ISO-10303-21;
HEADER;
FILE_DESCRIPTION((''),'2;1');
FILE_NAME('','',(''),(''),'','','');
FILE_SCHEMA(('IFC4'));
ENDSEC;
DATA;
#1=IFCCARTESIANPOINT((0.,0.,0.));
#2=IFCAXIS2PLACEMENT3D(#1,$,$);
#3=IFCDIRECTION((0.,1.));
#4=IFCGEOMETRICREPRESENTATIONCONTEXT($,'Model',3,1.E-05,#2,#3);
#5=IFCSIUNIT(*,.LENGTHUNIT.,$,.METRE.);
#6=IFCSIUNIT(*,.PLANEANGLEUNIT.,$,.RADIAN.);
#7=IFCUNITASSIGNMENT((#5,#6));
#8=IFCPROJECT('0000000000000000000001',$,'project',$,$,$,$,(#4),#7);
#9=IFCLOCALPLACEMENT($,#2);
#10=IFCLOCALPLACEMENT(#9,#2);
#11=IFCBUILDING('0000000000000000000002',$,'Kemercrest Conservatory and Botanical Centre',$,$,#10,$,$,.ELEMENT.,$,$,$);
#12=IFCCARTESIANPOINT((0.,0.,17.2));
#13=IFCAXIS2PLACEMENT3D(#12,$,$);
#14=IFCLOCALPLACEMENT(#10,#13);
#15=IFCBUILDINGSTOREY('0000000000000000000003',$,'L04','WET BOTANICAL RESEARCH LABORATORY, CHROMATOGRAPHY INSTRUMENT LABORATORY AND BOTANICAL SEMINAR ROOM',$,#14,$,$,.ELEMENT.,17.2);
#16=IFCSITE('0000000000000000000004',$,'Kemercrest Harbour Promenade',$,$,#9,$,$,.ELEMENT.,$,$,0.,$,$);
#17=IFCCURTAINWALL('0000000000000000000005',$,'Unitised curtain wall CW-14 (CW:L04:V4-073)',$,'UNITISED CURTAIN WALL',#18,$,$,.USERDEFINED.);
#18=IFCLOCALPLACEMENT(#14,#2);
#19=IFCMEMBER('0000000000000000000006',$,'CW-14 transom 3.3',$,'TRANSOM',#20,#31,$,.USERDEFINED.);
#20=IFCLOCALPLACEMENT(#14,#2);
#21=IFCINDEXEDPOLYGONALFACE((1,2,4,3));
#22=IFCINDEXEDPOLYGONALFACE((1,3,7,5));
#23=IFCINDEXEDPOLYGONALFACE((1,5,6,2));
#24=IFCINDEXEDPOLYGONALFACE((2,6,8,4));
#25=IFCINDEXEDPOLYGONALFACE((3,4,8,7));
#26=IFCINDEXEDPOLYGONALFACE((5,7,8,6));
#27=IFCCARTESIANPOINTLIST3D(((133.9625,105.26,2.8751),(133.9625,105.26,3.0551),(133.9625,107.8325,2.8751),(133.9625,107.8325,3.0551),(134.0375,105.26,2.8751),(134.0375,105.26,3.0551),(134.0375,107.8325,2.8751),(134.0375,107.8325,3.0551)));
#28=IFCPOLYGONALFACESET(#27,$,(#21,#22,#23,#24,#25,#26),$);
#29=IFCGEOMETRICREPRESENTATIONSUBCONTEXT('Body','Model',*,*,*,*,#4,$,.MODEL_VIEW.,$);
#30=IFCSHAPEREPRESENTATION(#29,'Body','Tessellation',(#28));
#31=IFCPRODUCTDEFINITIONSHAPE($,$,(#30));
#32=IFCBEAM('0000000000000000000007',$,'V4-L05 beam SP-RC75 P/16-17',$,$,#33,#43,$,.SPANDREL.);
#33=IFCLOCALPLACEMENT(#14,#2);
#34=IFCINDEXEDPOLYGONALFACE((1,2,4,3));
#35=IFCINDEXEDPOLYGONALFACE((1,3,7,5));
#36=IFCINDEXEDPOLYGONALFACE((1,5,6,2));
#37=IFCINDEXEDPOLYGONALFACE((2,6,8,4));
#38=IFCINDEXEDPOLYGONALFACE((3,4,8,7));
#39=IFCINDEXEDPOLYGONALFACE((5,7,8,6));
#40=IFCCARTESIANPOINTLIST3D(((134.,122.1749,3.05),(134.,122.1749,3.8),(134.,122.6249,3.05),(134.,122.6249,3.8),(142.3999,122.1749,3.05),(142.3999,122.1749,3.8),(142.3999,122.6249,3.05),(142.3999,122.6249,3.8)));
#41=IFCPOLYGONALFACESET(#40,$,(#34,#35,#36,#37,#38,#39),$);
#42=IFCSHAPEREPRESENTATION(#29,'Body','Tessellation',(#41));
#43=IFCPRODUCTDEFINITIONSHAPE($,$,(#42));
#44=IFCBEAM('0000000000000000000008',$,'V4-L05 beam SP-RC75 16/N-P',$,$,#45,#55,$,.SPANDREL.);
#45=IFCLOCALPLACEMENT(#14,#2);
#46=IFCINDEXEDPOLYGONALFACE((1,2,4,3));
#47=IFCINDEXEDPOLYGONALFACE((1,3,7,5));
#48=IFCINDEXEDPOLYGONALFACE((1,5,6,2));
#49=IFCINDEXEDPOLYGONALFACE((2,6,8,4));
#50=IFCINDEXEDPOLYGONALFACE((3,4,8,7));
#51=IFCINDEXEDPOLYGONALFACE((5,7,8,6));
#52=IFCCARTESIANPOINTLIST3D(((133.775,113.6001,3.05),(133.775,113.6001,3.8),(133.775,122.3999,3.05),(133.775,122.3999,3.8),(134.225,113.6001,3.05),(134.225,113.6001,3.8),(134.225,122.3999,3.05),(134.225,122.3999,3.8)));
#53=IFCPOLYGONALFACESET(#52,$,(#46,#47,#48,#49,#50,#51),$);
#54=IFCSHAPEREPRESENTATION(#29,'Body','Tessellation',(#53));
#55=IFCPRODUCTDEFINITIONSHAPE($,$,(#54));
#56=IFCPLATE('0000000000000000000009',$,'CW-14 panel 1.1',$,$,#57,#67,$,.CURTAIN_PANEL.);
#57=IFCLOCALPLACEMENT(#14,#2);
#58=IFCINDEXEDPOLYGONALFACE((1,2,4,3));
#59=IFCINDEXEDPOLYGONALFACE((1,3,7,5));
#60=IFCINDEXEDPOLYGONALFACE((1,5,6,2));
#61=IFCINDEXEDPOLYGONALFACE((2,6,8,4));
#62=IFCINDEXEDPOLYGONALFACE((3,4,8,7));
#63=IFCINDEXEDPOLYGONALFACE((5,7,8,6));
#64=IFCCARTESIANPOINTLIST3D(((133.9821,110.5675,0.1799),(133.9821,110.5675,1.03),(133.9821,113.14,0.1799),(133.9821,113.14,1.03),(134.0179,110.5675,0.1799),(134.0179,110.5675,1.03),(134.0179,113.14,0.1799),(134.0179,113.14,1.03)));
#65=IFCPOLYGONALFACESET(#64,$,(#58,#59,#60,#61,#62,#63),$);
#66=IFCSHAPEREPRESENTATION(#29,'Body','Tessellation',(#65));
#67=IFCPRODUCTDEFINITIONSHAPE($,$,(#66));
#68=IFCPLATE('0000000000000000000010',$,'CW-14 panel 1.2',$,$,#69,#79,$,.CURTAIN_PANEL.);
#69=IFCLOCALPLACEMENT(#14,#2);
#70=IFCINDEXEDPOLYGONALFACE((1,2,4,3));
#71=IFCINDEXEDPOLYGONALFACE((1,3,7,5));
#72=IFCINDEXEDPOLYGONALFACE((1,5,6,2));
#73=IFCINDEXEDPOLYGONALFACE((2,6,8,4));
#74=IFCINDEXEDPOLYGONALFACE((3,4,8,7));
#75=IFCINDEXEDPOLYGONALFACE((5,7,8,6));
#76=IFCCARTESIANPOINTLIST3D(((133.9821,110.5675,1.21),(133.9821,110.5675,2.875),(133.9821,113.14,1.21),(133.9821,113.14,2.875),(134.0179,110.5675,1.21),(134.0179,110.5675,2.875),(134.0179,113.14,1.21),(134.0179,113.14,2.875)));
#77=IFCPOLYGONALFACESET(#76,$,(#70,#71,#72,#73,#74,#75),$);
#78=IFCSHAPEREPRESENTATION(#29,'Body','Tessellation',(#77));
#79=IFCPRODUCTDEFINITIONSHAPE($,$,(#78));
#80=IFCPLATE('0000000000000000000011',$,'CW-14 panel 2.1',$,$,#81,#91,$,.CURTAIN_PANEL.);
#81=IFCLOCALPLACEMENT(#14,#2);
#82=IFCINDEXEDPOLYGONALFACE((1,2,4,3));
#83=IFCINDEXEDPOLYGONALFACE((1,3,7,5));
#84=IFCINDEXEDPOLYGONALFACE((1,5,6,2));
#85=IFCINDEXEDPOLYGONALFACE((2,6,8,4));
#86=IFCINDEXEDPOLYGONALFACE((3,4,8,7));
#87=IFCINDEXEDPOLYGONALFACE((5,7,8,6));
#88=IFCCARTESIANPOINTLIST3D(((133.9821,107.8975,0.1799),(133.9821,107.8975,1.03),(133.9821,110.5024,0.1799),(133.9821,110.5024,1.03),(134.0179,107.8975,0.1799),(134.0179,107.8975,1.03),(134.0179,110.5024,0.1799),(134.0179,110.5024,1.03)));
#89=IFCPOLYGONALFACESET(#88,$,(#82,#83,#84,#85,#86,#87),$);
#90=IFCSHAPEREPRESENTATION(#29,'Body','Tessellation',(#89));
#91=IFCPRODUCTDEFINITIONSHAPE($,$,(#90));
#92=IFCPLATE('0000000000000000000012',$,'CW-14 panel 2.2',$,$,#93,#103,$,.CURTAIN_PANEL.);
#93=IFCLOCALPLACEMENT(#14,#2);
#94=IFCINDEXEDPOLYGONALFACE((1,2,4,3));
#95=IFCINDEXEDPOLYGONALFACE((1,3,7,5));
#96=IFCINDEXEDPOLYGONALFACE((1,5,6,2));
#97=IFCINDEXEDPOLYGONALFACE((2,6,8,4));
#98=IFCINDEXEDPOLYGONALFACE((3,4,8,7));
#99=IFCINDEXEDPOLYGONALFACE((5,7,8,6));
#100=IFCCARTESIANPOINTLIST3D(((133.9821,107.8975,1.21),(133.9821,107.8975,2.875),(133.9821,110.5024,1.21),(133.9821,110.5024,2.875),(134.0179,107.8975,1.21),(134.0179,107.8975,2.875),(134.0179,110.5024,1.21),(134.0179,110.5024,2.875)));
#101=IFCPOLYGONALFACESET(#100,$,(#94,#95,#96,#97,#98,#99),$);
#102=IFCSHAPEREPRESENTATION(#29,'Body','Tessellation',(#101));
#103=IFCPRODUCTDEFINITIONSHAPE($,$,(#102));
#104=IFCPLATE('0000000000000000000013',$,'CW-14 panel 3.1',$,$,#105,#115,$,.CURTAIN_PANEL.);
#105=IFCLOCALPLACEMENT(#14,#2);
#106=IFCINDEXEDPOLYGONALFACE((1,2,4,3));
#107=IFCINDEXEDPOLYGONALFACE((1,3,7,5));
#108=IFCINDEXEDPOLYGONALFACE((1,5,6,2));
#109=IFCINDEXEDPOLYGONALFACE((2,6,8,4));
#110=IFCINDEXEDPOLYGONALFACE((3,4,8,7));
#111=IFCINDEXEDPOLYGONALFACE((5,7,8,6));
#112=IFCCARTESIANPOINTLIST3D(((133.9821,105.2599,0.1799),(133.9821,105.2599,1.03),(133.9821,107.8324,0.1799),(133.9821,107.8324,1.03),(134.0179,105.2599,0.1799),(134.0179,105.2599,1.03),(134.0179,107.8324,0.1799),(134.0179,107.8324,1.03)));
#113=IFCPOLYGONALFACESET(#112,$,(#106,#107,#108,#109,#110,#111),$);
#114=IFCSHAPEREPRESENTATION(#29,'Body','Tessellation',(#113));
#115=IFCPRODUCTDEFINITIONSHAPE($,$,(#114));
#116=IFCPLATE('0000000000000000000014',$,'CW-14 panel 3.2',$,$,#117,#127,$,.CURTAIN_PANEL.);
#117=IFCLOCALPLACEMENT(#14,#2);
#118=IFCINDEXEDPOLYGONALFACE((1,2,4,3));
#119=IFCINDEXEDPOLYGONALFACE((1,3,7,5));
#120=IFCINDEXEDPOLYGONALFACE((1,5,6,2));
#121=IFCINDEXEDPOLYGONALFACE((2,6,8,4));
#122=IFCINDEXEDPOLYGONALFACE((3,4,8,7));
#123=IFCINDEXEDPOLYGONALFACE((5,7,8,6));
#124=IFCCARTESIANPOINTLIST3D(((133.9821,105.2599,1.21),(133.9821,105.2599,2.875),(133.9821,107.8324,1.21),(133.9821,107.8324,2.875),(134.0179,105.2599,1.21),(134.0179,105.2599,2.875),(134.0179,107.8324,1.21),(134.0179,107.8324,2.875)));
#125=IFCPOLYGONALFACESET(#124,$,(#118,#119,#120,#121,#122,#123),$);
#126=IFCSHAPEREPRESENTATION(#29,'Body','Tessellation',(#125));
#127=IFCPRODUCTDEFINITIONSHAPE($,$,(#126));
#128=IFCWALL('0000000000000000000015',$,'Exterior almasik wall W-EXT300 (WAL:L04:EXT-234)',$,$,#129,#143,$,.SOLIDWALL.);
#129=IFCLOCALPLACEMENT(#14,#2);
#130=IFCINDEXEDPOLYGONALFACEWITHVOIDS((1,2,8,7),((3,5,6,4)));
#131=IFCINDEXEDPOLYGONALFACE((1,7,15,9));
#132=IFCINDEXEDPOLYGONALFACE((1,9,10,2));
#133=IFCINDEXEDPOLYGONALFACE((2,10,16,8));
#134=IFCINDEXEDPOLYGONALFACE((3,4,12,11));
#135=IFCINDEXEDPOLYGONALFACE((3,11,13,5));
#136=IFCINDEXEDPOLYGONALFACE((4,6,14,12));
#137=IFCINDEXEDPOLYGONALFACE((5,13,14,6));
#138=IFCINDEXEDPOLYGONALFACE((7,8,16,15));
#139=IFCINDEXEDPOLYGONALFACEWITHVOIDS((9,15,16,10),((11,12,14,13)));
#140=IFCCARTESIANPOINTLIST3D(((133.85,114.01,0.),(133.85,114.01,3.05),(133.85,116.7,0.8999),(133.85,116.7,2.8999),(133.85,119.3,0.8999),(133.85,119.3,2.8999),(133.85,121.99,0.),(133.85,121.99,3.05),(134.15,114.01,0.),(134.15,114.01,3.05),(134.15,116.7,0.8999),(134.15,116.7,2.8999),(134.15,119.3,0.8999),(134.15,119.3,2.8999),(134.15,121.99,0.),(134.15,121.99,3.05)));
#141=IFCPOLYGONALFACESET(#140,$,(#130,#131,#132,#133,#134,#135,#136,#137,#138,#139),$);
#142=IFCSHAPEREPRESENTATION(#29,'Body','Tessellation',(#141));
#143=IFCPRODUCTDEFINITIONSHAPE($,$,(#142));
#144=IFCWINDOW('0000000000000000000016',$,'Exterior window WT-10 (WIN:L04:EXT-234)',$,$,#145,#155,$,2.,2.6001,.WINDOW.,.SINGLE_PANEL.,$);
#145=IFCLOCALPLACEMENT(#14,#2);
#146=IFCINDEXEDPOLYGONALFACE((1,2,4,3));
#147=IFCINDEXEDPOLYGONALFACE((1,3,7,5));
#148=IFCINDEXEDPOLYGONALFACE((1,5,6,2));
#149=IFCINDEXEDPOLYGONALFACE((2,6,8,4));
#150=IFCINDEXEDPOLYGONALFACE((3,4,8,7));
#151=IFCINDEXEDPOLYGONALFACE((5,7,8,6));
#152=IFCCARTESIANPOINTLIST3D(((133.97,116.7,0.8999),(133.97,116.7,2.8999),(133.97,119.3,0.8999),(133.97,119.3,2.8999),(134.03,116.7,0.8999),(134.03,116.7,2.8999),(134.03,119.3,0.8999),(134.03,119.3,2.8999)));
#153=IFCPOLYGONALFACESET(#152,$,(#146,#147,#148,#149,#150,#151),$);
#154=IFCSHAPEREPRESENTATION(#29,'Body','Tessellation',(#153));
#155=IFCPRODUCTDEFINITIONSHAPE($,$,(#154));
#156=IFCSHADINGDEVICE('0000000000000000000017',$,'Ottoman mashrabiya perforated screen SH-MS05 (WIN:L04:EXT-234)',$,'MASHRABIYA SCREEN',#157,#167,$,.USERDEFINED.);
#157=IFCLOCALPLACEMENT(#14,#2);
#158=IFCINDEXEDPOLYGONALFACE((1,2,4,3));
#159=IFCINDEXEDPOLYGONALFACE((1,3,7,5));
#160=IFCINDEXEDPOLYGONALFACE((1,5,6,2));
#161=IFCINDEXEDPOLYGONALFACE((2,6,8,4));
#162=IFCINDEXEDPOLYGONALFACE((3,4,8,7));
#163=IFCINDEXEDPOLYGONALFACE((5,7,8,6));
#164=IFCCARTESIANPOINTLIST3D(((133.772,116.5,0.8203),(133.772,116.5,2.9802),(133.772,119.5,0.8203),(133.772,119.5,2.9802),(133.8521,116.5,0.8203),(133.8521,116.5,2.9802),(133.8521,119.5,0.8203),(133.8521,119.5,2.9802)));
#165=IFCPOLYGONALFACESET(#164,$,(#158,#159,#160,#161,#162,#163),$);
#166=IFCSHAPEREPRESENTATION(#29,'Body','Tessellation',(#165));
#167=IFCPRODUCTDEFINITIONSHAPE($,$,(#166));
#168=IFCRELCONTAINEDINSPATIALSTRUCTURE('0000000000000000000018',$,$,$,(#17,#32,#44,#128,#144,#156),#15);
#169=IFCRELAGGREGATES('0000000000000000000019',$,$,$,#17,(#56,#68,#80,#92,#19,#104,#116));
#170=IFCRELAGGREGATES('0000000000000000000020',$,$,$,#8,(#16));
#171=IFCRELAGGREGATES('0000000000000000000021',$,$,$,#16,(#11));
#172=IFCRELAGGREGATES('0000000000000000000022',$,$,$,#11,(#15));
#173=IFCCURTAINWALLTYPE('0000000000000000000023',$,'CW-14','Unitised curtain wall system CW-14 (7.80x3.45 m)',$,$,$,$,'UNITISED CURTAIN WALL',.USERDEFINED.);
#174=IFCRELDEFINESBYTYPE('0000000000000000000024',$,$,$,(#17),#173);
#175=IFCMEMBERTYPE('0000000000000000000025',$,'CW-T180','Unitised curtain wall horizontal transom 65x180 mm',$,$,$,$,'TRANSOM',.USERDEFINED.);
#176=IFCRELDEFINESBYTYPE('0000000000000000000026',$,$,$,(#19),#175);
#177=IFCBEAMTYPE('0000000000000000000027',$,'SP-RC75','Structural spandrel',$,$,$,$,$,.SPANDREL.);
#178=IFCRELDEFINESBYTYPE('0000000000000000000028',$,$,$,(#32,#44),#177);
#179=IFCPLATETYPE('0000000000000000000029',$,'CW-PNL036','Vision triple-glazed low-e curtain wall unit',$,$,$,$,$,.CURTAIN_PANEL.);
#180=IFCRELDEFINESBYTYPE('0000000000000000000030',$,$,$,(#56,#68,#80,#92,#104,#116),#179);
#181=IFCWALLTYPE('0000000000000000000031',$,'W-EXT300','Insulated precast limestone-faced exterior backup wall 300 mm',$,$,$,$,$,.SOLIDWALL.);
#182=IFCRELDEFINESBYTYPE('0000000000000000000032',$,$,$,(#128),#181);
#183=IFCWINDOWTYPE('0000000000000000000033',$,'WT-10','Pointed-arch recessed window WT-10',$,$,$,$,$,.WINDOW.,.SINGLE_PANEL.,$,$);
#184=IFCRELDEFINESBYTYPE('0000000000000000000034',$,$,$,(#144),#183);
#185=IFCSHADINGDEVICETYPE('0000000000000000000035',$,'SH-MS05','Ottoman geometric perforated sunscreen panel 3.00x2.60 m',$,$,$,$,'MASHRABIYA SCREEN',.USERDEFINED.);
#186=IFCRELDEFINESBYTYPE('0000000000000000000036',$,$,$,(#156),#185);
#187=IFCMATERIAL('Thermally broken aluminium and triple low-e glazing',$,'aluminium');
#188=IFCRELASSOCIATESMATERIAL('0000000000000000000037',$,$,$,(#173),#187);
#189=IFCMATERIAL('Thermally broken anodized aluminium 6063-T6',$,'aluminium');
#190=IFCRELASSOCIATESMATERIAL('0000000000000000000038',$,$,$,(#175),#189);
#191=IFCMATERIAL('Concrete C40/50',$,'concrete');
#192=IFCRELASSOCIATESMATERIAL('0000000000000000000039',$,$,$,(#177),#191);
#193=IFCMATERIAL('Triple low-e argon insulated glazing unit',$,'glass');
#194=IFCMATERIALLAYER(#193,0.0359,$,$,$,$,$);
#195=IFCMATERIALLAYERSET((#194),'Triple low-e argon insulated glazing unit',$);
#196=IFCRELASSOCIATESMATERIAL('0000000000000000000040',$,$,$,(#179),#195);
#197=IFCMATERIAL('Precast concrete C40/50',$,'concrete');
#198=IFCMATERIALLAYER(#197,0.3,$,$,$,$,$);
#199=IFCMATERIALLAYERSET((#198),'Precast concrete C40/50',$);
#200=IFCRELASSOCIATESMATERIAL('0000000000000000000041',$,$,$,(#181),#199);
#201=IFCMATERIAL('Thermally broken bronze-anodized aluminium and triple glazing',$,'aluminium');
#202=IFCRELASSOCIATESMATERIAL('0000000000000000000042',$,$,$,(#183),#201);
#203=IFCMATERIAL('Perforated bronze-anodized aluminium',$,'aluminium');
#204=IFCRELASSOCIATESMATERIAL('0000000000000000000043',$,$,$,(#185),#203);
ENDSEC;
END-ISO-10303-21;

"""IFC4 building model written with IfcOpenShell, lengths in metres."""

from ifc_helpers import new_model, si_unit, direction, frame, frame_2d, origin, origin_2d, place, context, subcontext, project, spatial, rectangle, extrude, material, layer, layer_set, material_profile, profile_set, type_object, element, fill, aggregate, save


model = new_model("IFC4")

# Units and contexts
model_context = context("Model", 3, precision=1e-05, world=origin(), true_north=direction((0.0, 1.0)))
body_context = subcontext(model_context, "Body", "Model", "MODEL_VIEW")
ifc_project = project(units=[si_unit("LENGTHUNIT", "METRE"), si_unit("PLANEANGLEUNIT", "RADIAN")], contexts=[model_context])

# Site, building, storey
site_placement = place(None, origin())
site = spatial("IfcSite", under=ifc_project, at=site_placement, Name="Kemercrest Harbour Promenade", CompositionType="ELEMENT", RefElevation=0.0)
building_placement = place(site_placement, origin())
building = spatial("IfcBuilding", under=site, at=building_placement, Name="Kemercrest Conservatory and Botanical Centre", CompositionType="ELEMENT")
storey_placement = place(building_placement, frame((0.0, 0.0, 17.2)))
storey = spatial("IfcBuildingStorey", under=building, at=storey_placement, Name="L04", Description="WET BOTANICAL RESEARCH LABORATORY, CHROMATOGRAPHY INSTRUMENT LABORATORY AND BOTANICAL SEMINAR ROOM", CompositionType="ELEMENT", Elevation=17.2)

# Shared definitions
ifc_material_1 = material(Name="Concrete C40/50", Category="concrete")

# Curtain wall, member
ifc_material_2 = material(Name="Thermally broken aluminium and triple low-e glazing", Category="aluminium")
curtain_wall_type = type_object("IfcCurtainWallType", Name="CW-14", Description="Unitised curtain wall system CW-14 (7.80x3.45 m)", ElementType="UNITISED CURTAIN WALL", PredefinedType="USERDEFINED", material=ifc_material_2)
curtain_wall_placement = place(storey_placement, origin())
curtain_wall = element("IfcCurtainWall", 1, at=curtain_wall_placement, inside=storey, type_object=curtain_wall_type, Name="Unitised curtain wall CW-14 (CW:L04:V4-073)", ObjectType="UNITISED CURTAIN WALL", PredefinedType="USERDEFINED")
ifc_material_3 = material(Name="Thermally broken anodized aluminium 6063-T6", Category="aluminium")
ifc_material_profile_1 = material_profile(ifc_material_3, rectangle(XDim=0.075, YDim=0.1799, at=origin_2d()), Name="AL TRANSOM 75x180")
ifc_profile_set_1 = profile_set([ifc_material_profile_1], Name="Thermally broken anodized aluminium 6063-T6")
member_type_1 = type_object("IfcMemberType", Name="CW-T180", Description="Unitised curtain wall horizontal transom 65x180 mm", ElementType="TRANSOM", PredefinedType="USERDEFINED", material=ifc_profile_set_1)
member_1_placement = place(storey_placement, frame((134.0, 107.8325, 2.9651), z_axis=(0.0, -1.0, 0.0), x_axis=(1.0, 0.0, 0.0)))
member_1 = element("IfcMember", 2, at=member_1_placement, type_object=member_type_1, Name="CW-14 transom 3.3", ObjectType="TRANSOM", PredefinedType="USERDEFINED", context=body_context, shape_type="SweptSolid", body=[
    extrude(rectangle(XDim=0.075, YDim=0.1799, at=origin_2d()), origin(), (0.0, 0.0, 1.0), 2.5725),
])

# Beams
ifc_material_profile_2 = material_profile(ifc_material_1, rectangle(XDim=0.45, YDim=0.75, at=origin_2d()), Name="RC 450x750")
ifc_profile_set_2 = profile_set([ifc_material_profile_2], Name="Concrete C40/50")
beam_type_1 = type_object("IfcBeamType", Name="SP-RC75", Description="Structural spandrel", PredefinedType="SPANDREL", material=ifc_profile_set_2)
beam_1_placement = place(storey_placement, frame((134.0, 122.3999, 3.425), z_axis=(1.0, 0.0, 0.0), x_axis=(0.0, 1.0, 0.0)))
element("IfcBeam", 3, at=beam_1_placement, inside=storey, type_object=beam_type_1, Name="V4-L05 beam SP-RC75 P/16-17", PredefinedType="SPANDREL", context=body_context, shape_type="SweptSolid", body=[
    extrude(rectangle(XDim=0.45, YDim=0.75, at=origin_2d()), origin(), (0.0, 0.0, 1.0), 8.3999),
])
beam_2_placement = place(storey_placement, frame((134.0, 113.6001, 3.425), z_axis=(0.0, 1.0, 0.0), x_axis=(-1.0, 0.0, 0.0)))
element("IfcBeam", 4, at=beam_2_placement, inside=storey, type_object=beam_type_1, Name="V4-L05 beam SP-RC75 16/N-P", PredefinedType="SPANDREL", context=body_context, shape_type="SweptSolid", body=[
    extrude(rectangle(XDim=0.45, YDim=0.75, at=origin_2d()), origin(), (0.0, 0.0, 1.0), 8.7998),
])

# Plates
ifc_material_4 = material(Name="Triple low-e argon insulated glazing unit", Category="glass")
ifc_layer_1 = layer(ifc_material_4, 0.0359)
ifc_layer_set_1 = layer_set([ifc_layer_1], Name="Triple low-e argon insulated glazing unit")
plate_type = type_object("IfcPlateType", Name="CW-PNL036", Description="Vision triple-glazed low-e curtain wall unit", PredefinedType="CURTAIN_PANEL", material=ifc_layer_set_1)
plate_1_placement = place(storey_placement, frame((134.0, 111.8538, 0.1799), z_axis=(0.0, 0.0, 1.0), x_axis=(0.0, -1.0, 0.0)))
plate_1 = element("IfcPlate", 5, at=plate_1_placement, type_object=plate_type, Name="CW-14 panel 1.1", PredefinedType="CURTAIN_PANEL", context=body_context, shape_type="SweptSolid", body=[
    extrude(rectangle(XDim=2.5725, YDim=0.0359, at=origin_2d()), origin(), (0.0, 0.0, 1.0), 0.8501),
])
plate_2_placement = place(storey_placement, frame((134.0, 111.8538, 1.21), z_axis=(0.0, 0.0, 1.0), x_axis=(0.0, -1.0, 0.0)))
plate_2 = element("IfcPlate", 6, at=plate_2_placement, type_object=plate_type, Name="CW-14 panel 1.2", PredefinedType="CURTAIN_PANEL", context=body_context, shape_type="SweptSolid", body=[
    extrude(rectangle(XDim=2.5725, YDim=0.0359, at=origin_2d()), origin(), (0.0, 0.0, 1.0), 1.665),
])
plate_3_placement = place(storey_placement, frame((134.0, 109.2, 0.1799), z_axis=(0.0, 0.0, 1.0), x_axis=(0.0, -1.0, 0.0)))
plate_3 = element("IfcPlate", 7, at=plate_3_placement, type_object=plate_type, Name="CW-14 panel 2.1", PredefinedType="CURTAIN_PANEL", context=body_context, shape_type="SweptSolid", body=[
    extrude(rectangle(XDim=2.605, YDim=0.0359, at=origin_2d()), origin(), (0.0, 0.0, 1.0), 0.8501),
])
plate_4_placement = place(storey_placement, frame((134.0, 109.2, 1.21), z_axis=(0.0, 0.0, 1.0), x_axis=(0.0, -1.0, 0.0)))
plate_4 = element("IfcPlate", 8, at=plate_4_placement, type_object=plate_type, Name="CW-14 panel 2.2", PredefinedType="CURTAIN_PANEL", context=body_context, shape_type="SweptSolid", body=[
    extrude(rectangle(XDim=2.605, YDim=0.0359, at=origin_2d()), origin(), (0.0, 0.0, 1.0), 1.665),
])
plate_5_placement = place(storey_placement, frame((134.0, 106.5461, 0.1799), z_axis=(0.0, 0.0, 1.0), x_axis=(0.0, -1.0, 0.0)))
plate_5 = element("IfcPlate", 9, at=plate_5_placement, type_object=plate_type, Name="CW-14 panel 3.1", PredefinedType="CURTAIN_PANEL", context=body_context, shape_type="SweptSolid", body=[
    extrude(rectangle(XDim=2.5725, YDim=0.0359, at=origin_2d()), origin(), (0.0, 0.0, 1.0), 0.8501),
])
plate_6_placement = place(storey_placement, frame((134.0, 106.5461, 1.21), z_axis=(0.0, 0.0, 1.0), x_axis=(0.0, -1.0, 0.0)))
plate_6 = element("IfcPlate", 10, at=plate_6_placement, type_object=plate_type, Name="CW-14 panel 3.2", PredefinedType="CURTAIN_PANEL", context=body_context, shape_type="SweptSolid", body=[
    extrude(rectangle(XDim=2.5725, YDim=0.0359, at=origin_2d()), origin(), (0.0, 0.0, 1.0), 1.665),
])
aggregate(curtain_wall, [plate_1, plate_2, plate_3, plate_4, member_1, plate_5, plate_6])

# Wall, opening, window
ifc_material_5 = material(Name="Precast concrete C40/50", Category="concrete")
ifc_layer_2 = layer(ifc_material_5, 0.3)
ifc_layer_set_2 = layer_set([ifc_layer_2], Name="Precast concrete C40/50")
wall_type = type_object("IfcWallType", Name="W-EXT300", Description="Insulated precast limestone-faced exterior backup wall 300 mm", PredefinedType="SOLIDWALL", material=ifc_layer_set_2)
wall_placement = place(storey_placement, frame((134.0, 121.99, 0.0), z_axis=(0.0, 0.0, 1.0), x_axis=(0.0, -1.0, 0.0)))
wall = element("IfcWall", 11, at=wall_placement, inside=storey, type_object=wall_type, Name="Exterior almasik wall W-EXT300 (WAL:L04:EXT-234)", PredefinedType="SOLIDWALL", context=body_context, shape_type="SweptSolid", body=[
    extrude(rectangle(XDim=7.98, YDim=0.3, at=frame_2d((3.99, 0.0))), origin(), (0.0, 0.0, 1.0), 3.05),
])
opening_placement = place(wall_placement, frame((2.6899, 0.0, 0.8999)))
opening = element("IfcOpeningElement", 12, at=opening_placement, cuts=wall, PredefinedType="OPENING", context=body_context, shape_type="SweptSolid", body=[
    extrude(rectangle(XDim=2.6001, YDim=2.0, at=frame_2d((1.3, 1.0))), frame((0.0, 0.1602, 0.0), z_axis=(0.0, -1.0, 0.0), x_axis=(1.0, 0.0, 0.0)), (0.0, 0.0, 1.0), 0.3201),
])
ifc_material_6 = material(Name="Thermally broken bronze-anodized aluminium and triple glazing", Category="aluminium")
window_type = type_object("IfcWindowType", Name="WT-10", Description="Pointed-arch recessed window WT-10", PartitioningType="SINGLE_PANEL", PredefinedType="WINDOW", material=ifc_material_6)
window_placement = place(opening_placement, origin())
window = element("IfcWindow", 13, at=window_placement, inside=storey, type_object=window_type, Name="Exterior window WT-10 (WIN:L04:EXT-234)", OverallHeight=2.0, OverallWidth=2.6001, PartitioningType="SINGLE_PANEL", PredefinedType="WINDOW", context=body_context, shape_type="SweptSolid", body=[
    extrude(rectangle(XDim=2.6001, YDim=2.0, at=frame_2d((1.3, 1.0))), frame((0.0, 0.03, 0.0), z_axis=(0.0, -1.0, 0.0), x_axis=(1.0, 0.0, 0.0)), (0.0, 0.0, 1.0), 0.0601),
])
fill(opening, window)

# Shading device
ifc_material_7 = material(Name="Perforated bronze-anodized aluminium", Category="aluminium")
shading_device_type = type_object("IfcShadingDeviceType", Name="SH-MS05", Description="Ottoman geometric perforated sunscreen panel 3.00x2.60 m", ElementType="MASHRABIYA SCREEN", PredefinedType="USERDEFINED", material=ifc_material_7)
shading_device_placement = place(storey_placement, frame((133.812, 118.0, 0.8203), z_axis=(0.0, 0.0, 1.0), x_axis=(0.0, -1.0, 0.0)))
element("IfcShadingDevice", 14, at=shading_device_placement, inside=storey, type_object=shading_device_type, Name="Ottoman mashrabiya perforated screen SH-MS05 (WIN:L04:EXT-234)", ObjectType="MASHRABIYA SCREEN", PredefinedType="USERDEFINED", context=body_context, shape_type="SweptSolid", body=[
    extrude(rectangle(XDim=3.0, YDim=0.0801, at=origin_2d()), origin(), (0.0, 0.0, 1.0), 2.1599),
])

save(model, "model.ifc")
